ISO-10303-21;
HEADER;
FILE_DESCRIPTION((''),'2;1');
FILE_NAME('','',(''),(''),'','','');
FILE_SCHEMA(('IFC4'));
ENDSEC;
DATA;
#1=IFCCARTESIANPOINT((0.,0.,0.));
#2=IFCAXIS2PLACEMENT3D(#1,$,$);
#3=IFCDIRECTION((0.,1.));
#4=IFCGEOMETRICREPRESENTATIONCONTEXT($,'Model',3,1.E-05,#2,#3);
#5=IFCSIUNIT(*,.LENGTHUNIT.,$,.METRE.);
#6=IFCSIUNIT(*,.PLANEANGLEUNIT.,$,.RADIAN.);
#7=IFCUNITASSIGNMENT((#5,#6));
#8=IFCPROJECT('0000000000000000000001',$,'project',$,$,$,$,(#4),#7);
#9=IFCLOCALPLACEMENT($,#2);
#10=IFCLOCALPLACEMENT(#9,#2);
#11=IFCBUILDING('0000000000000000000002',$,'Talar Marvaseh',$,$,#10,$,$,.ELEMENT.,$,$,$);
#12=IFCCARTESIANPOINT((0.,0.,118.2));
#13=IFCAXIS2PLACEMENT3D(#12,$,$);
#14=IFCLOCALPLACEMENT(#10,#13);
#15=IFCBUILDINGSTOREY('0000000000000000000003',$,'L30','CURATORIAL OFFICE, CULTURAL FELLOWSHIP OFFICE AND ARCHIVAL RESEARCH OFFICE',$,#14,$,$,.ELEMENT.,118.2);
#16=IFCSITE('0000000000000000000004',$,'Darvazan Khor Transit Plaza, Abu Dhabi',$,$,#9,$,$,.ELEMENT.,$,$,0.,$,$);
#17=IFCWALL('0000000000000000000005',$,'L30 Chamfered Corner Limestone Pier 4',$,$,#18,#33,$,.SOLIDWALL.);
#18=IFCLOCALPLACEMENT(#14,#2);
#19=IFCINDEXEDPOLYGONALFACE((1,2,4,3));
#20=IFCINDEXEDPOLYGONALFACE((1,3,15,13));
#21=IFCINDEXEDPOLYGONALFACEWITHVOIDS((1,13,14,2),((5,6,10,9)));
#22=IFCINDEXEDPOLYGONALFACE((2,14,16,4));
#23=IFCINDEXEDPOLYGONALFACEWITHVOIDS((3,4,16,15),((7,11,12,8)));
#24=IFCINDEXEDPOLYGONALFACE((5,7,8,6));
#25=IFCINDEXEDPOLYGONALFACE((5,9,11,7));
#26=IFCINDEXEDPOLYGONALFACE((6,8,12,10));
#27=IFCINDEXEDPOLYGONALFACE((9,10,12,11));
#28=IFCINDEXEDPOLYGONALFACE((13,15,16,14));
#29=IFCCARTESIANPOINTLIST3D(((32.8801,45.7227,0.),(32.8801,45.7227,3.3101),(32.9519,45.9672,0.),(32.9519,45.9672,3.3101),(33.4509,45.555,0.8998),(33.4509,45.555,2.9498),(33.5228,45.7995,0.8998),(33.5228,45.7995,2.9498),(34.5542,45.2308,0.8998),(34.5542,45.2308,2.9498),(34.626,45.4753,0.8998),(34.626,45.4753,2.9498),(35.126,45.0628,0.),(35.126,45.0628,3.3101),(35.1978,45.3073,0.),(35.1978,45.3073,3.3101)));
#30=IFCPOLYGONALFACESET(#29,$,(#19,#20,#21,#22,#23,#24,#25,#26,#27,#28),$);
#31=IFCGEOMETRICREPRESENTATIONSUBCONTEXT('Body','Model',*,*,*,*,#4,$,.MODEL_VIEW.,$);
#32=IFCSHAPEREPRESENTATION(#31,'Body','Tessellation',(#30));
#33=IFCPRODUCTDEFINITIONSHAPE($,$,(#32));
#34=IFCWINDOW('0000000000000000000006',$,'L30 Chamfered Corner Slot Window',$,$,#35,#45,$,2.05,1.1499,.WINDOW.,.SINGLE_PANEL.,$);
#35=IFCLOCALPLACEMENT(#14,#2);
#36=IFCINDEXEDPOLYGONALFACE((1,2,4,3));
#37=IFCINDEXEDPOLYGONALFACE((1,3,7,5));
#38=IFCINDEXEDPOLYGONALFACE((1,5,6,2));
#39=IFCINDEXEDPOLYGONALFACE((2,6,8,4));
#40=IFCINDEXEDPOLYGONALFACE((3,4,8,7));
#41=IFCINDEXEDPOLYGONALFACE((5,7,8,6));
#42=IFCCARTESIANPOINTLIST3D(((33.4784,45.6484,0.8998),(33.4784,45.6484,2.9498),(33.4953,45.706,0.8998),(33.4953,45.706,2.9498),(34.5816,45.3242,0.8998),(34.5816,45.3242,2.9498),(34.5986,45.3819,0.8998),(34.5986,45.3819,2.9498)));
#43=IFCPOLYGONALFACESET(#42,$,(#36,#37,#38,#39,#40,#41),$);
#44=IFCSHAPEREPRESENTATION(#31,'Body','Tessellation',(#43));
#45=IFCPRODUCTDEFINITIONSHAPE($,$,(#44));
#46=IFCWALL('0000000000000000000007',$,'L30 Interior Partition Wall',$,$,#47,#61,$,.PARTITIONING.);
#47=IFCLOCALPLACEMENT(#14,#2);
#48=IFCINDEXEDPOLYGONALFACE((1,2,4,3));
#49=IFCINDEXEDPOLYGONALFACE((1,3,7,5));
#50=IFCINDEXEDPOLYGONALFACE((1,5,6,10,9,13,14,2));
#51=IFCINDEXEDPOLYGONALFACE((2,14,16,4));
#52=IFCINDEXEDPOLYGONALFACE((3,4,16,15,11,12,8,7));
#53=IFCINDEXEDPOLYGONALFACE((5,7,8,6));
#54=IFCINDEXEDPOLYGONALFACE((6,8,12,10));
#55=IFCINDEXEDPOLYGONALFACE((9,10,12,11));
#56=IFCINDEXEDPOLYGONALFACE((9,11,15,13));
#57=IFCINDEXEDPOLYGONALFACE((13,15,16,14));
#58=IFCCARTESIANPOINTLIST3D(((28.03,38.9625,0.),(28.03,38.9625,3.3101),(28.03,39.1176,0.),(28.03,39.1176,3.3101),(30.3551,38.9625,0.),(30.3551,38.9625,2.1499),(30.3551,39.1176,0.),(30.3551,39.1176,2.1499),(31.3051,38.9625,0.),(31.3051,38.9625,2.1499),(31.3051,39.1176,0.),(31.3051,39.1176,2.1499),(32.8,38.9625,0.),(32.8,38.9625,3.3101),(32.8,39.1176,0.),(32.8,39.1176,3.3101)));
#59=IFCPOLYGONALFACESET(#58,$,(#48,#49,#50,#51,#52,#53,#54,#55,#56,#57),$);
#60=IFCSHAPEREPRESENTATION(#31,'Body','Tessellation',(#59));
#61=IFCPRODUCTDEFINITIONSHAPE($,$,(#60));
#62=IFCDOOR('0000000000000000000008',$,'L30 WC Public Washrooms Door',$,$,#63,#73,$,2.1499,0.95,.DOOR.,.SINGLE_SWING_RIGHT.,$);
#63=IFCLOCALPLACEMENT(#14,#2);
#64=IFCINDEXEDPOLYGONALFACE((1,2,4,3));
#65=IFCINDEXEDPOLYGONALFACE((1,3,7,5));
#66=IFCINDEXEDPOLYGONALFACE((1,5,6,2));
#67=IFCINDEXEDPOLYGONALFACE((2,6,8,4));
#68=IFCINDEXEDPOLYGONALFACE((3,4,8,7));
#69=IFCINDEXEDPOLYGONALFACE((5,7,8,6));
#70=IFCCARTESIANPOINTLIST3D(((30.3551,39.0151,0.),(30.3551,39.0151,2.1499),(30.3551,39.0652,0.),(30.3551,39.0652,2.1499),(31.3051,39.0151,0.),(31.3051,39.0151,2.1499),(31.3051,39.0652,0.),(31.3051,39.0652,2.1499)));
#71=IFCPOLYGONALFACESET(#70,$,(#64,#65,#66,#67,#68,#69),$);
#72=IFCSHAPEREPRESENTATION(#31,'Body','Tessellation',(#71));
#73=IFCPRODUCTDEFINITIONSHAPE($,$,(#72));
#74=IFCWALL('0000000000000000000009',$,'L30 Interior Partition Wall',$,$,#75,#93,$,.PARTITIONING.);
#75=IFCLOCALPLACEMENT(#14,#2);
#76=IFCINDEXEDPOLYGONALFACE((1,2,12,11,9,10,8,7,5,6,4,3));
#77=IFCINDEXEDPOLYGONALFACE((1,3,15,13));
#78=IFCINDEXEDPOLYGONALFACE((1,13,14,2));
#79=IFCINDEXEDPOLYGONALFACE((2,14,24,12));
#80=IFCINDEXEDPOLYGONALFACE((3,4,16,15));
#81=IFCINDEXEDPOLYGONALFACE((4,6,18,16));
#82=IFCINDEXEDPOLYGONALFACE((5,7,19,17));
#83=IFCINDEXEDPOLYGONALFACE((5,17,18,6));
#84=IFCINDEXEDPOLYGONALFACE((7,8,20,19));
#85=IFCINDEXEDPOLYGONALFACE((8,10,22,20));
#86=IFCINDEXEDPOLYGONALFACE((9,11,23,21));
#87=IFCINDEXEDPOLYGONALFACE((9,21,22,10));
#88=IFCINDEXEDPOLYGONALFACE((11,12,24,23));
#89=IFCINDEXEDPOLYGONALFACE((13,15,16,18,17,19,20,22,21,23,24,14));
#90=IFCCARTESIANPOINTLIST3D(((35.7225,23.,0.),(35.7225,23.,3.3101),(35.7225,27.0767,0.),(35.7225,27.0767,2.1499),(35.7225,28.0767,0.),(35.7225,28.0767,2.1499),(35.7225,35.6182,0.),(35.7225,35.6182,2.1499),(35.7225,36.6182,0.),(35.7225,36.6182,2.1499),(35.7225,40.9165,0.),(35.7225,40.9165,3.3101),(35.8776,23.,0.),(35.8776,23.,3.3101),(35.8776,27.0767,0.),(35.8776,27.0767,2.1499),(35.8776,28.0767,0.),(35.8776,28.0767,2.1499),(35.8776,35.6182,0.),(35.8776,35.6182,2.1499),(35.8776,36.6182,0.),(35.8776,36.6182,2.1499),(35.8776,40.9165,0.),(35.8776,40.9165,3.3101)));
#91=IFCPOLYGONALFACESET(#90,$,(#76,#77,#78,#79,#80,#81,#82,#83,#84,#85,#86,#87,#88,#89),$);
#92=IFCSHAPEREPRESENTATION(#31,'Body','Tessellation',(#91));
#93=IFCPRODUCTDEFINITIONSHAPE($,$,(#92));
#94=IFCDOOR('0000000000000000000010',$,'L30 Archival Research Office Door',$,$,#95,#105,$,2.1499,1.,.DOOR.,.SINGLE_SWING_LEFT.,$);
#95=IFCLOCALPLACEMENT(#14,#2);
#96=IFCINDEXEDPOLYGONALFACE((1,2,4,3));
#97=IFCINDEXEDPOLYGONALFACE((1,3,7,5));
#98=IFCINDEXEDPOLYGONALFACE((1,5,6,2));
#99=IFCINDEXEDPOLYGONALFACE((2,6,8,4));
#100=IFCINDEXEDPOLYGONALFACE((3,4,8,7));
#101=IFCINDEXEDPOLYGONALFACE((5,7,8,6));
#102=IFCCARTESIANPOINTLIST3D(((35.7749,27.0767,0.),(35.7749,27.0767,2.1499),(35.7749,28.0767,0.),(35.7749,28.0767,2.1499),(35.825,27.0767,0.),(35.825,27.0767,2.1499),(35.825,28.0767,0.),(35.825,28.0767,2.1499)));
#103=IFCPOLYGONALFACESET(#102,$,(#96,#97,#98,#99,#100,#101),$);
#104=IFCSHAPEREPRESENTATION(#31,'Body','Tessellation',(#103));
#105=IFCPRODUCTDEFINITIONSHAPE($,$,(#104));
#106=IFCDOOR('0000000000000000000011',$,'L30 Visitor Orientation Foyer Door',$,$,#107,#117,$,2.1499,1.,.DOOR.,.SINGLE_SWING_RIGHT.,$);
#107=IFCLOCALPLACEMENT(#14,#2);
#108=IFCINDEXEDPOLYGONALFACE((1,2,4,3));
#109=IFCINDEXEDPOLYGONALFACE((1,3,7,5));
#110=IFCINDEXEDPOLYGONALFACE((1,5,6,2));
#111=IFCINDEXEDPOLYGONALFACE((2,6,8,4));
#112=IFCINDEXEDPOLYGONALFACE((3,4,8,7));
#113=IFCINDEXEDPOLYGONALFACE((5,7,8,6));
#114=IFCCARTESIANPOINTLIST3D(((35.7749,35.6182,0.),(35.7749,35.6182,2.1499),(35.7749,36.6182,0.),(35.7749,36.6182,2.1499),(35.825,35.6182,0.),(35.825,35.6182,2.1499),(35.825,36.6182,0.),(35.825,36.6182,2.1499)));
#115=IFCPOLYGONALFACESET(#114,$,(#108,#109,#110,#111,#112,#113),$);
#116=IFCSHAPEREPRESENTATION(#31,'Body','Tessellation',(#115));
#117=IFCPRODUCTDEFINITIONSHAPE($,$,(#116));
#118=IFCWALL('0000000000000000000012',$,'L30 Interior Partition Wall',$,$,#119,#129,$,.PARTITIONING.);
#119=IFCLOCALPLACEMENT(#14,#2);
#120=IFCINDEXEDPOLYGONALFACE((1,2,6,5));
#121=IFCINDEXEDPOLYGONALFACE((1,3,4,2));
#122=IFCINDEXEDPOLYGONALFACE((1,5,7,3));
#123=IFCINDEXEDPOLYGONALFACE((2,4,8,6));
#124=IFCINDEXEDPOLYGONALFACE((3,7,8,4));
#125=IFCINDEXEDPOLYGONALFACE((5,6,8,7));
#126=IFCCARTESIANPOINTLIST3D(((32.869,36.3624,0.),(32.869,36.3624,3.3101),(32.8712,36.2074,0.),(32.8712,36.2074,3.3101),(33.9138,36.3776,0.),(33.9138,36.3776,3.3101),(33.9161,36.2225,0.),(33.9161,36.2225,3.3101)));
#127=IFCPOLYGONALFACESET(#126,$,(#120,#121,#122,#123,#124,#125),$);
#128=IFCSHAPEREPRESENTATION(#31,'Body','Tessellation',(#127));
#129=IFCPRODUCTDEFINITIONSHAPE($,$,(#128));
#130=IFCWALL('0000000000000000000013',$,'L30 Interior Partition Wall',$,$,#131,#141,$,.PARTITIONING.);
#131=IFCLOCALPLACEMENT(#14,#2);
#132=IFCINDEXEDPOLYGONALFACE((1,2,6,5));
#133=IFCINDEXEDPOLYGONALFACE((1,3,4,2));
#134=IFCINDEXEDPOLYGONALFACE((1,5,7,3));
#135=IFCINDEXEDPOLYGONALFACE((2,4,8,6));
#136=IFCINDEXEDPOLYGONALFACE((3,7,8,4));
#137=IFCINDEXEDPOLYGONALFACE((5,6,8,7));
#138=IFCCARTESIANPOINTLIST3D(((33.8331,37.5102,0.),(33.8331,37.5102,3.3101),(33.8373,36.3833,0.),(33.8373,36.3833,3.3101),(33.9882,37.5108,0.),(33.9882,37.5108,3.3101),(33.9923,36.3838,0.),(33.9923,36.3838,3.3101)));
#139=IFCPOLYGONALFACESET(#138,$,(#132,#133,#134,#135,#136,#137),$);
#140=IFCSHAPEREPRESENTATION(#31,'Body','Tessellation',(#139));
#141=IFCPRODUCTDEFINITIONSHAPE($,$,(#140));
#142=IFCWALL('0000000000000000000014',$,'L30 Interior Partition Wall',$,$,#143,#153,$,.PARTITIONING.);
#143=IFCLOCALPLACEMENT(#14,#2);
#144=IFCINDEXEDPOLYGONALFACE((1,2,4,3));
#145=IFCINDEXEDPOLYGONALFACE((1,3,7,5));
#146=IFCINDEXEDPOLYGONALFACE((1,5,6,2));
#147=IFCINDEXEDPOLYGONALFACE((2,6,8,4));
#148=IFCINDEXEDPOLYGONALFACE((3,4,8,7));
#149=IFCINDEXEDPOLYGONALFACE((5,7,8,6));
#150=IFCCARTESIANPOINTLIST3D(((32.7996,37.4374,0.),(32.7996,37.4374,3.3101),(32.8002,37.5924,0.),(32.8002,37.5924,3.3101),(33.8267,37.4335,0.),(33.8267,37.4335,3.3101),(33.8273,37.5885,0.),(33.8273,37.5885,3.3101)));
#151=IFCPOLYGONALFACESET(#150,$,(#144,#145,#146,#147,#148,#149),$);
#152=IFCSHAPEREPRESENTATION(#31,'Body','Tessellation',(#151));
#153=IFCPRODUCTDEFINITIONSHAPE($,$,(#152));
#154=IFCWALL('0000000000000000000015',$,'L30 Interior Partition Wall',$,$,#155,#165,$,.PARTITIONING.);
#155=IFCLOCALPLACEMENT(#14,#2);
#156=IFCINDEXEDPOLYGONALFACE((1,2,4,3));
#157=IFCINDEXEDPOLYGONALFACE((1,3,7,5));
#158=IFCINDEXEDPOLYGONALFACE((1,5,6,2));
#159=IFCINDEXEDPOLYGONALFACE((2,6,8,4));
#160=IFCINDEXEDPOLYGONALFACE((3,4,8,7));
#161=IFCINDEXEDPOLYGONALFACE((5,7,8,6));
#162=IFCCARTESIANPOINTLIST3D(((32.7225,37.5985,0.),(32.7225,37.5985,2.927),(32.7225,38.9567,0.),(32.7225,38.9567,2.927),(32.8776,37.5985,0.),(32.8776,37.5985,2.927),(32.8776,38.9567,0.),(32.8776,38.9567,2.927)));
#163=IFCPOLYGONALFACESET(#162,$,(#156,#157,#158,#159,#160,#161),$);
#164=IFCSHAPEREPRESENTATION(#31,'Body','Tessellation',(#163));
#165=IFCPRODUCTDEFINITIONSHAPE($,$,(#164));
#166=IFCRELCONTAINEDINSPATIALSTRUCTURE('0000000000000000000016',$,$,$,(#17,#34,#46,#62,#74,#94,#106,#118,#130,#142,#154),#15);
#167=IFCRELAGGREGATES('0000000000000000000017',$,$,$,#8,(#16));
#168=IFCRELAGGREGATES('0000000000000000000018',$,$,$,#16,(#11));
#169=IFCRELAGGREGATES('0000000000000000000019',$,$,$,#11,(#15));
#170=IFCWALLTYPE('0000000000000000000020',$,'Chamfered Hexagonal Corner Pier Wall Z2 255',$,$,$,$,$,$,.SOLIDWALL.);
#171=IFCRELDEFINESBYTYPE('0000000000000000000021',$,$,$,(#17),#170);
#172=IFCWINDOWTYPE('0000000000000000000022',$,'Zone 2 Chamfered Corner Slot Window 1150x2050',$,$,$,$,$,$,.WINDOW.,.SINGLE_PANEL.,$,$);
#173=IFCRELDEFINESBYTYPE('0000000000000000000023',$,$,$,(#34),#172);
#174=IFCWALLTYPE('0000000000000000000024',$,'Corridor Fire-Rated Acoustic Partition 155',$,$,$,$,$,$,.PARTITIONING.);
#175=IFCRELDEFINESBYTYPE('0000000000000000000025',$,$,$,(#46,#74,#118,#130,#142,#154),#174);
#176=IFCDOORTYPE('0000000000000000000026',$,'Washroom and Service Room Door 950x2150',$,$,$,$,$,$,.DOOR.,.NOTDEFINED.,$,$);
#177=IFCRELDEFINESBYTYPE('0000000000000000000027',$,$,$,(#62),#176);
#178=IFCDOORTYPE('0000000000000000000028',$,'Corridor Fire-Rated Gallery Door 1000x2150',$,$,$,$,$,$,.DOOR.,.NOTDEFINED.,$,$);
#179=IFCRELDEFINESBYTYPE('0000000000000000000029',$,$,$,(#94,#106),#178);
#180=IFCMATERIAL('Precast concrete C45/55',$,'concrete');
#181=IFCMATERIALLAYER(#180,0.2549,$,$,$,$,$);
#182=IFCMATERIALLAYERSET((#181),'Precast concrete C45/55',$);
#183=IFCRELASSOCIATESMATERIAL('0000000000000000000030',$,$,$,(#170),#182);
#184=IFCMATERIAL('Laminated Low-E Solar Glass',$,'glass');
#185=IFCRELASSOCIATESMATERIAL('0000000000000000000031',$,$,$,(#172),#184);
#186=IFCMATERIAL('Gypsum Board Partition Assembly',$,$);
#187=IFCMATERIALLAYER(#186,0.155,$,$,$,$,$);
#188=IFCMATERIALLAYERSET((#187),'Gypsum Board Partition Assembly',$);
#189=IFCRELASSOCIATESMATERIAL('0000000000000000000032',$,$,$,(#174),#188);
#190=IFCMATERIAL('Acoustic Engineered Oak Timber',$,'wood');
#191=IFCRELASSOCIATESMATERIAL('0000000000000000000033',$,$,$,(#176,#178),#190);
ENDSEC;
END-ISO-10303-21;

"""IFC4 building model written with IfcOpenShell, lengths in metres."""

from ifc_helpers import new_model, si_unit, direction, frame, frame_2d, origin, place, context, subcontext, project, spatial, rectangle, extrude, source, transform, mapped, material, layer, layer_set, type_object, type_shapes, element, fill, save


model = new_model("IFC4")

# Units and contexts
model_context = context("Model", 3, precision=1e-05, world=origin(), true_north=direction((0.0, 1.0)))
body_context = subcontext(model_context, "Body", "Model", "MODEL_VIEW")
ifc_project = project(units=[si_unit("LENGTHUNIT", "METRE"), si_unit("PLANEANGLEUNIT", "RADIAN")], contexts=[model_context])

# Site, building, storey
site_placement = place(None, origin())
site = spatial("IfcSite", under=ifc_project, at=site_placement, Name="Darvazan Khor Transit Plaza, Abu Dhabi", CompositionType="ELEMENT", RefElevation=0.0)
building_placement = place(site_placement, origin())
building = spatial("IfcBuilding", under=site, at=building_placement, Name="Talar Marvaseh", CompositionType="ELEMENT")
storey_placement = place(building_placement, frame((0.0, 0.0, 118.2)))
storey = spatial("IfcBuildingStorey", under=building, at=storey_placement, Name="L30", Description="CURATORIAL OFFICE, CULTURAL FELLOWSHIP OFFICE AND ARCHIVAL RESEARCH OFFICE", CompositionType="ELEMENT", Elevation=118.2)

# Wall, opening, window
ifc_material_1 = material(Name="Precast concrete C45/55", Category="concrete")
ifc_layer_1 = layer(ifc_material_1, 0.2549)
ifc_layer_set_1 = layer_set([ifc_layer_1], Name="Precast concrete C45/55")
wall_type_1 = type_object("IfcWallType", Name="Chamfered Hexagonal Corner Pier Wall Z2 255", PredefinedType="SOLIDWALL", material=ifc_layer_set_1)
wall_1_placement = place(storey_placement, frame((32.916, 45.845, 0.0), z_axis=(0.0, 0.0, 1.0), x_axis=(0.959439, -0.281918, 0.0)))
wall_1 = element("IfcWall", 1, at=wall_1_placement, inside=storey, type_object=wall_type_1, Name="L30 Chamfered Corner Limestone Pier 4", PredefinedType="SOLIDWALL", context=body_context, shape_type="SweptSolid", body=[
    extrude(rectangle(XDim=2.3408, YDim=0.2549, at=frame_2d((1.1704, 0.0))), origin(), (0.0, 0.0, 1.0), 3.3101),
])
opening_1_placement = place(wall_1_placement, frame((0.595, 0.0, 0.8999)))
opening_1 = element("IfcOpeningElement", 2, at=opening_1_placement, cuts=wall_1, PredefinedType="OPENING", context=body_context, shape_type="SweptSolid", body=[
    extrude(rectangle(XDim=1.1499, YDim=2.05, at=frame_2d((0.575, 1.0249))), frame((0.0, 0.1375, 0.0), z_axis=(0.0, -1.0, 0.0), x_axis=(1.0, 0.0, 0.0)), (0.0, 0.0, 1.0), 0.2749),
])
ifc_material_2 = material(Name="Laminated Low-E Solar Glass", Category="glass")
window_type = type_object("IfcWindowType", Name="Zone 2 Chamfered Corner Slot Window 1150x2050", PartitioningType="SINGLE_PANEL", PredefinedType="WINDOW", material=ifc_material_2)
shared_shape_1 = source(origin(), body_context, "Body", "SweptSolid", [
    extrude(rectangle(XDim=1.1499, YDim=2.05, at=frame_2d((0.575, 1.0249))), frame((0.0, 0.03, 0.0), z_axis=(0.0, -1.0, 0.0), x_axis=(1.0, 0.0, 0.0)), (0.0, 0.0, 1.0), 0.0601),
])
type_shapes(window_type, [shared_shape_1])
window_placement = place(opening_1_placement, origin())
window = element("IfcWindow", 3, at=window_placement, inside=storey, type_object=window_type, Name="L30 Chamfered Corner Slot Window", OverallHeight=2.05, OverallWidth=1.1499, PartitioningType="SINGLE_PANEL", PredefinedType="WINDOW", context=body_context, shape_type="MappedRepresentation", body=[
    mapped(shared_shape_1, transform((0.0, 0.0, 0.0), x_axis=(1.0, 0.0, 0.0), y_axis=(0.0, 1.0, 0.0), z_axis=(0.0, 0.0, 1.0), scale=1.0)),
])
fill(opening_1, window)

# Wall, opening, door
ifc_material_3 = material(Name="Gypsum Board Partition Assembly")
ifc_layer_2 = layer(ifc_material_3, 0.155)
ifc_layer_set_2 = layer_set([ifc_layer_2], Name="Gypsum Board Partition Assembly")
wall_type_2 = type_object("IfcWallType", Name="Corridor Fire-Rated Acoustic Partition 155", PredefinedType="PARTITIONING", material=ifc_layer_set_2)
wall_2_placement = place(storey_placement, frame((32.8, 39.04, 0.0), z_axis=(0.0, 0.0, 1.0), x_axis=(-1.0, 0.0, 0.0)))
wall_2 = element("IfcWall", 4, at=wall_2_placement, inside=storey, type_object=wall_type_2, Name="L30 Interior Partition Wall", PredefinedType="PARTITIONING", context=body_context, shape_type="SweptSolid", body=[
    extrude(rectangle(XDim=4.77, YDim=0.155, at=frame_2d((2.385, 0.0))), origin(), (0.0, 0.0, 1.0), 3.3101),
])
opening_2_placement = place(wall_2_placement, frame((1.4949, 0.0, 0.0)))
opening_2 = element("IfcOpeningElement", 5, at=opening_2_placement, cuts=wall_2, PredefinedType="OPENING", context=body_context, shape_type="SweptSolid", body=[
    extrude(rectangle(XDim=0.95, YDim=2.1499, at=frame_2d((0.4751, 1.075))), frame((0.0, 0.0874, 0.0), z_axis=(0.0, -1.0, 0.0), x_axis=(1.0, 0.0, 0.0)), (0.0, 0.0, 1.0), 0.175),
])
ifc_material_4 = material(Name="Acoustic Engineered Oak Timber", Category="wood")
door_type_1 = type_object("IfcDoorType", Name="Washroom and Service Room Door 950x2150", OperationType="NOTDEFINED", PredefinedType="DOOR", material=ifc_material_4)
shared_shape_2 = source(origin(), body_context, "Body", "SweptSolid", [
    extrude(rectangle(XDim=0.95, YDim=2.1499, at=frame_2d((0.4751, 1.075))), frame((0.0, 0.0249, 0.0), z_axis=(0.0, -1.0, 0.0), x_axis=(1.0, 0.0, 0.0)), (0.0, 0.0, 1.0), 0.05),
])
type_shapes(door_type_1, [shared_shape_2])
door_1_placement = place(opening_2_placement, origin())
door_1 = element("IfcDoor", 6, at=door_1_placement, inside=storey, type_object=door_type_1, Name="L30 WC Public Washrooms Door", OperationType="SINGLE_SWING_RIGHT", OverallHeight=2.1499, OverallWidth=0.95, PredefinedType="DOOR", context=body_context, shape_type="MappedRepresentation", body=[
    mapped(shared_shape_2, transform((0.0, 0.0, 0.0), x_axis=(1.0, 0.0, 0.0), y_axis=(0.0, 1.0, 0.0), z_axis=(0.0, 0.0, 1.0), scale=1.0)),
])
fill(opening_2, door_1)

# Wall, openings, doors
wall_3_placement = place(storey_placement, frame((35.8, 40.9165, 0.0), z_axis=(0.0, 0.0, 1.0), x_axis=(0.0, -1.0, 0.0)))
wall_3 = element("IfcWall", 7, at=wall_3_placement, inside=storey, type_object=wall_type_2, Name="L30 Interior Partition Wall", PredefinedType="PARTITIONING", context=body_context, shape_type="SweptSolid", body=[
    extrude(rectangle(XDim=17.9165, YDim=0.155, at=frame_2d((8.9583, 0.0))), origin(), (0.0, 0.0, 1.0), 3.3101),
])
opening_3_placement = place(wall_3_placement, frame((12.8398, 0.0, 0.0)))
opening_3 = element("IfcOpeningElement", 8, at=opening_3_placement, cuts=wall_3, PredefinedType="OPENING", context=body_context, shape_type="SweptSolid", body=[
    extrude(rectangle(XDim=1.0, YDim=2.1499, at=frame_2d((0.5, 1.075))), frame((0.0, 0.0874, 0.0), z_axis=(0.0, -1.0, 0.0), x_axis=(1.0, 0.0, 0.0)), (0.0, 0.0, 1.0), 0.175),
])
opening_4_placement = place(wall_3_placement, frame((4.2983, 0.0, 0.0)))
opening_4 = element("IfcOpeningElement", 9, at=opening_4_placement, cuts=wall_3, PredefinedType="OPENING", context=body_context, shape_type="SweptSolid", body=[
    extrude(rectangle(XDim=1.0, YDim=2.1499, at=frame_2d((0.5, 1.075))), frame((0.0, 0.0874, 0.0), z_axis=(0.0, -1.0, 0.0), x_axis=(1.0, 0.0, 0.0)), (0.0, 0.0, 1.0), 0.175),
])
door_type_2 = type_object("IfcDoorType", Name="Corridor Fire-Rated Gallery Door 1000x2150", OperationType="NOTDEFINED", PredefinedType="DOOR", material=ifc_material_4)
shared_shape_3 = source(origin(), body_context, "Body", "SweptSolid", [
    extrude(rectangle(XDim=1.0, YDim=2.1499, at=frame_2d((0.5, 1.075))), frame((0.0, 0.0249, 0.0), z_axis=(0.0, -1.0, 0.0), x_axis=(1.0, 0.0, 0.0)), (0.0, 0.0, 1.0), 0.05),
])
type_shapes(door_type_2, [shared_shape_3])
door_2_placement = place(opening_3_placement, origin())
door_2 = element("IfcDoor", 10, at=door_2_placement, inside=storey, type_object=door_type_2, Name="L30 Archival Research Office Door", OperationType="SINGLE_SWING_LEFT", OverallHeight=2.1499, OverallWidth=1.0, PredefinedType="DOOR", context=body_context, shape_type="MappedRepresentation", body=[
    mapped(shared_shape_3, transform((0.0, 0.0, 0.0), x_axis=(1.0, 0.0, 0.0), y_axis=(0.0, 1.0, 0.0), z_axis=(0.0, 0.0, 1.0), scale=1.0)),
])
fill(opening_3, door_2)
door_3_placement = place(opening_4_placement, origin())
door_3 = element("IfcDoor", 11, at=door_3_placement, inside=storey, type_object=door_type_2, Name="L30 Visitor Orientation Foyer Door", OperationType="SINGLE_SWING_RIGHT", OverallHeight=2.1499, OverallWidth=1.0, PredefinedType="DOOR", context=body_context, shape_type="MappedRepresentation", body=[
    mapped(shared_shape_3, transform((0.0, 0.0, 0.0), x_axis=(1.0, 0.0, 0.0), y_axis=(0.0, 1.0, 0.0), z_axis=(0.0, 0.0, 1.0), scale=1.0)),
])
fill(opening_4, door_3)

# Walls
wall_4_placement = place(storey_placement, frame((32.8701, 36.2849, 0.0), z_axis=(0.0, 0.0, 1.0), x_axis=(0.999895, 0.014484, 0.0)))
element("IfcWall", 12, at=wall_4_placement, inside=storey, type_object=wall_type_2, Name="L30 Interior Partition Wall", PredefinedType="PARTITIONING", context=body_context, shape_type="SweptSolid", body=[
    extrude(rectangle(XDim=1.0449, YDim=0.155, at=frame_2d((0.5225, 0.0))), origin(), (0.0, 0.0, 1.0), 3.3101),
])
wall_5_placement = place(storey_placement, frame((33.9148, 36.3835, 0.0), z_axis=(0.0, 0.0, 1.0), x_axis=(-0.003683, 0.999993, 0.0)))
element("IfcWall", 13, at=wall_5_placement, inside=storey, type_object=wall_type_2, Name="L30 Interior Partition Wall", PredefinedType="PARTITIONING", context=body_context, shape_type="SweptSolid", body=[
    extrude(rectangle(XDim=1.127, YDim=0.155, at=frame_2d((0.5635, 0.0))), origin(), (0.0, 0.0, 1.0), 3.3101),
])
wall_6_placement = place(storey_placement, frame((33.8271, 37.511, 0.0), z_axis=(0.0, 0.0, 1.0), x_axis=(-0.999993, 0.003803, 0.0)))
element("IfcWall", 14, at=wall_6_placement, inside=storey, type_object=wall_type_2, Name="L30 Interior Partition Wall", PredefinedType="PARTITIONING", context=body_context, shape_type="SweptSolid", body=[
    extrude(rectangle(XDim=1.0271, YDim=0.155, at=frame_2d((0.5137, 0.0))), origin(), (0.0, 0.0, 1.0), 3.3101),
])
wall_7_placement = place(storey_placement, frame((32.8, 37.5984, 0.0), z_axis=(0.0, 0.0, 1.0), x_axis=(0.0, 1.0, 0.0)))
element("IfcWall", 15, at=wall_7_placement, inside=storey, type_object=wall_type_2, Name="L30 Interior Partition Wall", PredefinedType="PARTITIONING", context=body_context, shape_type="SweptSolid", body=[
    extrude(rectangle(XDim=1.3582, YDim=0.155, at=frame_2d((0.6792, 0.0))), origin(), (0.0, 0.0, 1.0), 2.927),
])

save(model, "model.ifc")
